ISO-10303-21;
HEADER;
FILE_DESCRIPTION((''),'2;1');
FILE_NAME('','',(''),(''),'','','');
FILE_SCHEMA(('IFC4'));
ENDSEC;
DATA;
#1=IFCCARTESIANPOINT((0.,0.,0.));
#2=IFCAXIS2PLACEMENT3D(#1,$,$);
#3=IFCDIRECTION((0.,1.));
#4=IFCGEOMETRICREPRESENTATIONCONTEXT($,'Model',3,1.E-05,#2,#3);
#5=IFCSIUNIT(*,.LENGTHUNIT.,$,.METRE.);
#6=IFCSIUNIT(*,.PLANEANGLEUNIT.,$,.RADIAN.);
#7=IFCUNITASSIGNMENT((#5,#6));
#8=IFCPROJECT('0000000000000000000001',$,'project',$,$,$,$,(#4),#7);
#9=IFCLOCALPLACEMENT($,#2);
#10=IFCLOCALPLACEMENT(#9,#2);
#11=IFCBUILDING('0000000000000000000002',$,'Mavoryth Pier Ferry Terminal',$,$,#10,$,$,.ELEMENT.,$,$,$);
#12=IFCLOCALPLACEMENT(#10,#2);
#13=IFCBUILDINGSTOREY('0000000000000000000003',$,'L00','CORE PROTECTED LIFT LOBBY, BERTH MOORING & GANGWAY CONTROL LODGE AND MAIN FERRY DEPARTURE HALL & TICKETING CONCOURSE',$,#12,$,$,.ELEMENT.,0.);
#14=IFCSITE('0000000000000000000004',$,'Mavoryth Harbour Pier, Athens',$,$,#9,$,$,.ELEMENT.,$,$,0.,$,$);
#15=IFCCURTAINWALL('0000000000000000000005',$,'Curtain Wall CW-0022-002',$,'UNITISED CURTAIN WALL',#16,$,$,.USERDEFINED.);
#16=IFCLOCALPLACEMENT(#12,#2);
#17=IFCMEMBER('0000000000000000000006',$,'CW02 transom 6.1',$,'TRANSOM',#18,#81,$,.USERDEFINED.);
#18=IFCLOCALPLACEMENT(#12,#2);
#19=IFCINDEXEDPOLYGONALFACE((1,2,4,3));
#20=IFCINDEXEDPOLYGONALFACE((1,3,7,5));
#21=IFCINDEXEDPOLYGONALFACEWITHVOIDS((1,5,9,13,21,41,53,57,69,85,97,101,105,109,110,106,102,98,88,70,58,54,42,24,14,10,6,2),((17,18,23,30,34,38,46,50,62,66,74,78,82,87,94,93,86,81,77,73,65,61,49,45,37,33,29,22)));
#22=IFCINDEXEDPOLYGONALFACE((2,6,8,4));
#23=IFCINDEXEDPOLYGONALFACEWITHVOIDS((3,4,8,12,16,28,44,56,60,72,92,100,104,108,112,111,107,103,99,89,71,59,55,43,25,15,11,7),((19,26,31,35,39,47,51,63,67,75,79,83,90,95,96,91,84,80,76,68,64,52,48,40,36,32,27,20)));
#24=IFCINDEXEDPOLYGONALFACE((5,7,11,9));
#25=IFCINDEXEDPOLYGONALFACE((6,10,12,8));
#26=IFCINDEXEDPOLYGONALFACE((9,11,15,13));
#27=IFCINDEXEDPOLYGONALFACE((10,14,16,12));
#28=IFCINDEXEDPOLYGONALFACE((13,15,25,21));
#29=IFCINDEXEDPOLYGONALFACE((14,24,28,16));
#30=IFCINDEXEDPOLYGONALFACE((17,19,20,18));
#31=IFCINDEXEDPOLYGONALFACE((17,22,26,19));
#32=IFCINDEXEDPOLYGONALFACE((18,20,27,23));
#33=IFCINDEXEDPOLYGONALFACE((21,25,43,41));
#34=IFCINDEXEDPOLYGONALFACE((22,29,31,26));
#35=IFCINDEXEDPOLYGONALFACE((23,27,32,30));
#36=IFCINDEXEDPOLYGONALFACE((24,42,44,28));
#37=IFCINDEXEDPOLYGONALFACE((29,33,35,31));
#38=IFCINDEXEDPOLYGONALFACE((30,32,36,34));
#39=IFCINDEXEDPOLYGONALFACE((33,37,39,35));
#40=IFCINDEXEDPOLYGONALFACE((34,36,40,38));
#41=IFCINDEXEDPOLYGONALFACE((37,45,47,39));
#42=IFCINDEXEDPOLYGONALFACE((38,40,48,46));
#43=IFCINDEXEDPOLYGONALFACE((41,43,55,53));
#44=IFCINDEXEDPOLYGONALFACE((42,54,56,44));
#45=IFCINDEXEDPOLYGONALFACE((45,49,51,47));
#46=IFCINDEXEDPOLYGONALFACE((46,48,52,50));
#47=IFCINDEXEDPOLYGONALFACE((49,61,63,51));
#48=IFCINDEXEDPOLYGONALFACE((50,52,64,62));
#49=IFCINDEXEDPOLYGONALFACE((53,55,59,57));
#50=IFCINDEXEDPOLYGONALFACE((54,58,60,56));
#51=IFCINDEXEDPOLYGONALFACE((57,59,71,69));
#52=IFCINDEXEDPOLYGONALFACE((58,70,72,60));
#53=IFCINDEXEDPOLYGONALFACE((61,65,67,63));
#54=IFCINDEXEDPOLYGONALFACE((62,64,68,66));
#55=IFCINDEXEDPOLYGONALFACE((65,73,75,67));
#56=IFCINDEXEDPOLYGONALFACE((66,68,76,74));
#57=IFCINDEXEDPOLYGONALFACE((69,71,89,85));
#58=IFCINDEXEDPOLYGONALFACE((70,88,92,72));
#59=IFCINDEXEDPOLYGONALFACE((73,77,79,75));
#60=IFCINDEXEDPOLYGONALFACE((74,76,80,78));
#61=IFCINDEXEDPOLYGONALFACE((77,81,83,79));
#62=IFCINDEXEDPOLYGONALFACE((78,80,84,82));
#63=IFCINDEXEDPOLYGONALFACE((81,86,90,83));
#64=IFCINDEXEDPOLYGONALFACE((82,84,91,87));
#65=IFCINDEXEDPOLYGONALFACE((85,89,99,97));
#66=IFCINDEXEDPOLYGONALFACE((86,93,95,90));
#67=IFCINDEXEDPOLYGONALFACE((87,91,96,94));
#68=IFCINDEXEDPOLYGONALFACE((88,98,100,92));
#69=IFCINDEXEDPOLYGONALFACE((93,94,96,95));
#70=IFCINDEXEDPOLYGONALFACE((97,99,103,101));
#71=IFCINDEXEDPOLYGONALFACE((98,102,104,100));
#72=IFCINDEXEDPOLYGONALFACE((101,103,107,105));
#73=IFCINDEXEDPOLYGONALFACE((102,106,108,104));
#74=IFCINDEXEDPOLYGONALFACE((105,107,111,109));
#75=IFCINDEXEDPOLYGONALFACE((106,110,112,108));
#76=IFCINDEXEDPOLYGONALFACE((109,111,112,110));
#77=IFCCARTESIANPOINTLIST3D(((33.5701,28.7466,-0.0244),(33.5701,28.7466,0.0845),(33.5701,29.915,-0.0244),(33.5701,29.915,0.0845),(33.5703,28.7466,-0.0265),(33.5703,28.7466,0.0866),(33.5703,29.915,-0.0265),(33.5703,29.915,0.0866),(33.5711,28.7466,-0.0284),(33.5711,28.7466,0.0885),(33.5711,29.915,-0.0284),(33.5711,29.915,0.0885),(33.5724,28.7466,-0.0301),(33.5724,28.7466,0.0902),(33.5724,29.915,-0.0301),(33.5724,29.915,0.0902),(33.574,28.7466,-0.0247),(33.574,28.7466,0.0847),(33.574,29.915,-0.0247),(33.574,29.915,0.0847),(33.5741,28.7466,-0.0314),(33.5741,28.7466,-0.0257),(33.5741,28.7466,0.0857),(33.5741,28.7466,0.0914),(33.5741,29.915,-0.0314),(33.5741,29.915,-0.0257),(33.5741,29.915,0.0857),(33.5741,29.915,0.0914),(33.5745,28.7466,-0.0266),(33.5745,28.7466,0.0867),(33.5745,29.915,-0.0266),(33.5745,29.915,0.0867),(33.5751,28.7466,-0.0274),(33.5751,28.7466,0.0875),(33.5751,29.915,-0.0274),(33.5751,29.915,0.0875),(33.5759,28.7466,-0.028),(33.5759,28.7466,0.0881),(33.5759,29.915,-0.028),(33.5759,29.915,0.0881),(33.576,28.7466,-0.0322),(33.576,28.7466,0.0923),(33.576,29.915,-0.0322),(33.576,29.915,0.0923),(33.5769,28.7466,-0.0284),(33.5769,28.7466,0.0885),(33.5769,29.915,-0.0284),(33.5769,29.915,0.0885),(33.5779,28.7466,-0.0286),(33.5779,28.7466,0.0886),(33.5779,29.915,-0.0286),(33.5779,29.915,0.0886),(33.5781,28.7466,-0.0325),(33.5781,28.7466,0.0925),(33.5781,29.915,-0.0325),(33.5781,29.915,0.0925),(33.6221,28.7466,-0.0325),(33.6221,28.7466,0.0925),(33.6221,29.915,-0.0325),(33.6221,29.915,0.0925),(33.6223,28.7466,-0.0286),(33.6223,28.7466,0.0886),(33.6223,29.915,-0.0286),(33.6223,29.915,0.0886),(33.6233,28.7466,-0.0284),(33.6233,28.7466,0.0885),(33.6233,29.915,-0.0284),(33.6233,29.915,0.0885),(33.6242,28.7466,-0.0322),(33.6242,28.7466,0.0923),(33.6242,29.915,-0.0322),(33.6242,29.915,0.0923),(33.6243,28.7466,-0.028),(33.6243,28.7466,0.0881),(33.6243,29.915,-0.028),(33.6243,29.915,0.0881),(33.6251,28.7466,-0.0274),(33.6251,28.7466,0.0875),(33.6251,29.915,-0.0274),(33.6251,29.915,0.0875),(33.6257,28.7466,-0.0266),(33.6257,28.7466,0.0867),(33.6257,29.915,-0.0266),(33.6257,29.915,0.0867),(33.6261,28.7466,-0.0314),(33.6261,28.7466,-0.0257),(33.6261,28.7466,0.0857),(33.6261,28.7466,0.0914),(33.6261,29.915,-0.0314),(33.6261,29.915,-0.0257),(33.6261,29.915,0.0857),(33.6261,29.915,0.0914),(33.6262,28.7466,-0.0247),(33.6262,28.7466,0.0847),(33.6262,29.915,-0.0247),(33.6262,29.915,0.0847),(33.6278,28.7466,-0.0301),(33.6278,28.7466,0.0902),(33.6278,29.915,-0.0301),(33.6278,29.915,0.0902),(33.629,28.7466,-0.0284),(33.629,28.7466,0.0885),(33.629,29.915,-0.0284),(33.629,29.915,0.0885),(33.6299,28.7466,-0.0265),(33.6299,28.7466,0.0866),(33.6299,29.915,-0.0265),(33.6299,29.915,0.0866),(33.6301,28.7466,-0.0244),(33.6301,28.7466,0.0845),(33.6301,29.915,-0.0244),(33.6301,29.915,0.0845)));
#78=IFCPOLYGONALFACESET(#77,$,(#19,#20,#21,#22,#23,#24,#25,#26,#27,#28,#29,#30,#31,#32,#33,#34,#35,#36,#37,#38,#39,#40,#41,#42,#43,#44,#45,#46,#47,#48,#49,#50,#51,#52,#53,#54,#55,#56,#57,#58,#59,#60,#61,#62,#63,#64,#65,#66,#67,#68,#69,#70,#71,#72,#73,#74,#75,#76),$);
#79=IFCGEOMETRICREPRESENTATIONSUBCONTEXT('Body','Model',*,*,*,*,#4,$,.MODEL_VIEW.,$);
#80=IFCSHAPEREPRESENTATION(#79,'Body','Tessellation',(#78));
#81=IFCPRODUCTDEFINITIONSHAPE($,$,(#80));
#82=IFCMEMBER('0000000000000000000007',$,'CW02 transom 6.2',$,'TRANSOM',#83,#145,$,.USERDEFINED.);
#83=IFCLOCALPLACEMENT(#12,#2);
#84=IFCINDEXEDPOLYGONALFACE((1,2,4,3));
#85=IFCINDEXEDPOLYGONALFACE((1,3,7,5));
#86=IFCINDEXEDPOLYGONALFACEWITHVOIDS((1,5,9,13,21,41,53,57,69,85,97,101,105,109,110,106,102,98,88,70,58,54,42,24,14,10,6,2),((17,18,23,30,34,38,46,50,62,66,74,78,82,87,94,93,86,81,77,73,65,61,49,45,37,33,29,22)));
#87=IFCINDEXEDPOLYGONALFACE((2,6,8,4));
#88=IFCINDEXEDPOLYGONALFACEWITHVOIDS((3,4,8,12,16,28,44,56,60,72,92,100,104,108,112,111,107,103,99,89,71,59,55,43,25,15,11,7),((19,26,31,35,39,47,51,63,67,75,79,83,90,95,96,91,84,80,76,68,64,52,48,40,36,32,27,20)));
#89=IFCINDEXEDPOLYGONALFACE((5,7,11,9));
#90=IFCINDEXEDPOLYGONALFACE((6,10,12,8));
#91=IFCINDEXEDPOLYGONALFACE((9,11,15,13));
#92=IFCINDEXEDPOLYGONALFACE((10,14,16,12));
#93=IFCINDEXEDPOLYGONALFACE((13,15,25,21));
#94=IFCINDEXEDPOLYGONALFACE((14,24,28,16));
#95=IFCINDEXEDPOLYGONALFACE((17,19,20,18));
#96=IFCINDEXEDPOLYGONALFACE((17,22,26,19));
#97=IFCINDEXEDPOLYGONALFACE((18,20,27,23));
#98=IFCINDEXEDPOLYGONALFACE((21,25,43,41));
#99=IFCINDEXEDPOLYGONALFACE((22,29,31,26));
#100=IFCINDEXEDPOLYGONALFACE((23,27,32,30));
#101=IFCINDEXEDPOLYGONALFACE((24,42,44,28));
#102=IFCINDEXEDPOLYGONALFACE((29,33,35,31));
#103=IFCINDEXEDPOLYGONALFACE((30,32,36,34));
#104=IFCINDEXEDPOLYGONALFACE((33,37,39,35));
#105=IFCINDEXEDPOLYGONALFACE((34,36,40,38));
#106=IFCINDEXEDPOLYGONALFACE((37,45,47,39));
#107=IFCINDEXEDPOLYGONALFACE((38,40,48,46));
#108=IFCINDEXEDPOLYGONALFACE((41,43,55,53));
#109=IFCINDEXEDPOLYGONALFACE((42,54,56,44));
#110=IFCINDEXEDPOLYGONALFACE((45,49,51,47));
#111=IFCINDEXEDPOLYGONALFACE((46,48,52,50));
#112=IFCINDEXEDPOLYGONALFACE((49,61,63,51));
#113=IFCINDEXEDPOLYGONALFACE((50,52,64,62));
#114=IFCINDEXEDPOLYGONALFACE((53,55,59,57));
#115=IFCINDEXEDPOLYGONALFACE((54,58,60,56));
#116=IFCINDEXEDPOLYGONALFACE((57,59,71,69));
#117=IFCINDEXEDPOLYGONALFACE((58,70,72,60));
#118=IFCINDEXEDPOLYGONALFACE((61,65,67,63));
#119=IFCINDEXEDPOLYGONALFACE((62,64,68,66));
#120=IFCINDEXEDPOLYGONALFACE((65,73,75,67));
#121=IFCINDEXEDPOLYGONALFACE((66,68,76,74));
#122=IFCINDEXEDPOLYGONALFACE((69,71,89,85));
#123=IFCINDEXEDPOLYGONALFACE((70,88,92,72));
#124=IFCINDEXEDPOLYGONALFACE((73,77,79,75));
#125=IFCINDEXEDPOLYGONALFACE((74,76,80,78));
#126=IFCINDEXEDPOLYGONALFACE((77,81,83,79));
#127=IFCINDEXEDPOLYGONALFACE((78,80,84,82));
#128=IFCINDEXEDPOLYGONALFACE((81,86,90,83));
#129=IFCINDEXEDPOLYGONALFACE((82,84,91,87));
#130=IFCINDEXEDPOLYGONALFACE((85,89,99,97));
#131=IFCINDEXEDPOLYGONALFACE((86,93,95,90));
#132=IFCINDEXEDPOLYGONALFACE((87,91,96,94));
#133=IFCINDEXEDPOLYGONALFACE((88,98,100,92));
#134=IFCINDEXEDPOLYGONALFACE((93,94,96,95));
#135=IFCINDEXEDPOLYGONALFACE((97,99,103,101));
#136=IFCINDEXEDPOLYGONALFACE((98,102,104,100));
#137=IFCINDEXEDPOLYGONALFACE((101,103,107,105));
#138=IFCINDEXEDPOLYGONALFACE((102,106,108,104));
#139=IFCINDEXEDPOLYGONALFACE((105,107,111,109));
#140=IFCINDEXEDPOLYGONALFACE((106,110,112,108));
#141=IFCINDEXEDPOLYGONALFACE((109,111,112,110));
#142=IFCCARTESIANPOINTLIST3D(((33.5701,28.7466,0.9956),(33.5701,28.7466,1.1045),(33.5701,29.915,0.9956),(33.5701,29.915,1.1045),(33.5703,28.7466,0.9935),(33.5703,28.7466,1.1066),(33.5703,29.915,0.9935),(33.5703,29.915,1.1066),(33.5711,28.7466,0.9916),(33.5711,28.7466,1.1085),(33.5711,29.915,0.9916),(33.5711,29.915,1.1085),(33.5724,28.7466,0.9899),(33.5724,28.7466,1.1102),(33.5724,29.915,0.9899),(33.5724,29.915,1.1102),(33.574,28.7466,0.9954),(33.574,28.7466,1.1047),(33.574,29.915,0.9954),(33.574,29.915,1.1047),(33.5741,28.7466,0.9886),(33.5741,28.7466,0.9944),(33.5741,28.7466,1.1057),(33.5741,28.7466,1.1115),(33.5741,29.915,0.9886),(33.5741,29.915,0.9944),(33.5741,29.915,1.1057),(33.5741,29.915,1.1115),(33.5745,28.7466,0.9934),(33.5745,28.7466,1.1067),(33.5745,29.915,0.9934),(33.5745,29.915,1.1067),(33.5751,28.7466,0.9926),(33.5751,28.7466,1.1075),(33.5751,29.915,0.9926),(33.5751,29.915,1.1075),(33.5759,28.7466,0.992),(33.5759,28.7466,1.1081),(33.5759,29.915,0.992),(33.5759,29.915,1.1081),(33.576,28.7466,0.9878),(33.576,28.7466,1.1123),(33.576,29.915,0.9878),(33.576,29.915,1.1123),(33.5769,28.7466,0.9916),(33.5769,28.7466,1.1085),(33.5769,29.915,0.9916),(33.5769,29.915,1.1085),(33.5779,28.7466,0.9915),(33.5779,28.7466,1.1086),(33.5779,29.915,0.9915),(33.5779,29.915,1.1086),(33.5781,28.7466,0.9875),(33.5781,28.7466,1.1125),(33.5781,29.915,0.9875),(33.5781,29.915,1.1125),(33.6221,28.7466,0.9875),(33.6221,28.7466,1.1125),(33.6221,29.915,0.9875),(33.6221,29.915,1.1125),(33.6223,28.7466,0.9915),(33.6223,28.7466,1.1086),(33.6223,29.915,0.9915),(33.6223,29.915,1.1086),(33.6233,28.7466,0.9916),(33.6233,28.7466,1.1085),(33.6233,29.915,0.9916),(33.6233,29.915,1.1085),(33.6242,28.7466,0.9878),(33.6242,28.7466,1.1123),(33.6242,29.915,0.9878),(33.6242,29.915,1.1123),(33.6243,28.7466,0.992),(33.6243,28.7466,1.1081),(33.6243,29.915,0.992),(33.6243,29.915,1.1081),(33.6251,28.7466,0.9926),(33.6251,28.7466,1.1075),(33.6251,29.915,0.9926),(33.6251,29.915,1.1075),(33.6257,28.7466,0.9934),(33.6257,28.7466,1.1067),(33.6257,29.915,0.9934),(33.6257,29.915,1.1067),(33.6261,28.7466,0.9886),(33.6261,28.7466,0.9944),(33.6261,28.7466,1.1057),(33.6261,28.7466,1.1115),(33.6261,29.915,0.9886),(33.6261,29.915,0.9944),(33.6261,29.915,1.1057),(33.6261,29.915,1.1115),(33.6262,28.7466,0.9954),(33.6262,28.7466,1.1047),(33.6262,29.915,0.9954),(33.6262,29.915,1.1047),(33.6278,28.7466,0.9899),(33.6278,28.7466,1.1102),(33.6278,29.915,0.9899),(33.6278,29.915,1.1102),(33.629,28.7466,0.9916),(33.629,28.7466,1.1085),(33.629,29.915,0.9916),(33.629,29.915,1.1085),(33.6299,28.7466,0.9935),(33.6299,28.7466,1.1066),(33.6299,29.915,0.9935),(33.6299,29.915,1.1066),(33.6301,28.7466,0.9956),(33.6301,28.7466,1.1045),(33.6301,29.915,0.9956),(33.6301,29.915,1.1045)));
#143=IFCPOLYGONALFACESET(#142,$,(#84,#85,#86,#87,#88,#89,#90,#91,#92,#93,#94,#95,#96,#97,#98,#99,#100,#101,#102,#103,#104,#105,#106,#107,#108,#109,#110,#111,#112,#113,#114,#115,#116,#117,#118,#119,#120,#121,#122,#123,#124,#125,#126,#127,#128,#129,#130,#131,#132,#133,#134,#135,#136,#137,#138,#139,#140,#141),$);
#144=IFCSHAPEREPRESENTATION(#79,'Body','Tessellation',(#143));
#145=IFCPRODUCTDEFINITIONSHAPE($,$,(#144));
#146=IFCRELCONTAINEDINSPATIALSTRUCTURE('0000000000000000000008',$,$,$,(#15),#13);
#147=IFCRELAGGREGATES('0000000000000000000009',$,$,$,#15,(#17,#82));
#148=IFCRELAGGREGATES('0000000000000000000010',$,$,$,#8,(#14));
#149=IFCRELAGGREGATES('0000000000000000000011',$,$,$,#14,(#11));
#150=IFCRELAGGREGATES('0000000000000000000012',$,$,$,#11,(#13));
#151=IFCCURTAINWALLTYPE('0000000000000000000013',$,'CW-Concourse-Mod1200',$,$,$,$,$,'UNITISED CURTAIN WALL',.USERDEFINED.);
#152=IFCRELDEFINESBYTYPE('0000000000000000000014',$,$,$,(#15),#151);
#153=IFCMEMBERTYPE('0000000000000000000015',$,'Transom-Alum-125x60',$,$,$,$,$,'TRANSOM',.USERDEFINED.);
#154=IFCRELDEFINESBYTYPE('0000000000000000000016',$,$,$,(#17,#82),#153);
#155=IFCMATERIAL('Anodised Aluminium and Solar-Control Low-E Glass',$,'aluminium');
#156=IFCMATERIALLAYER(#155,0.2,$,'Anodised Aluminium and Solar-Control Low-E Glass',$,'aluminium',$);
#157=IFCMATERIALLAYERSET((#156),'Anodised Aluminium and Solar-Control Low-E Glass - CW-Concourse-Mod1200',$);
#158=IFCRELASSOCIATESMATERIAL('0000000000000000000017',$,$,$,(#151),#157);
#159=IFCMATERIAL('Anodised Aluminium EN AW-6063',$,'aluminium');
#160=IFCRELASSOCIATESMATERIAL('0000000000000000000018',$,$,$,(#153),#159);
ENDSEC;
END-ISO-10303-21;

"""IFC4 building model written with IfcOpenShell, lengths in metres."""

from ifc_helpers import new_model, si_unit, direction, frame, origin, origin_2d, place, context, subcontext, project, spatial, hollow_rectangle, extrude, material, layer, layer_set, material_profile, profile_set, type_object, element, aggregate, save


model = new_model("IFC4")

# Units and contexts
model_context = context("Model", 3, precision=1e-05, world=origin(), true_north=direction((0.0, 1.0)))
body_context = subcontext(model_context, "Body", "Model", "MODEL_VIEW")
ifc_project = project(units=[si_unit("LENGTHUNIT", "METRE"), si_unit("PLANEANGLEUNIT", "RADIAN")], contexts=[model_context])

# Site, building, storey
site_placement = place(None, origin())
site = spatial("IfcSite", under=ifc_project, at=site_placement, Name="Mavoryth Harbour Pier, Athens", CompositionType="ELEMENT", RefElevation=0.0)
building_placement = place(site_placement, origin())
building = spatial("IfcBuilding", under=site, at=building_placement, Name="Mavoryth Pier Ferry Terminal", CompositionType="ELEMENT")
storey_placement = place(building_placement, origin())
storey = spatial("IfcBuildingStorey", under=building, at=storey_placement, Name="L00", Description="CORE PROTECTED LIFT LOBBY, BERTH MOORING & GANGWAY CONTROL LODGE AND MAIN FERRY DEPARTURE HALL & TICKETING CONCOURSE", CompositionType="ELEMENT", Elevation=0.0)

# Curtain wall, members
ifc_material_1 = material(Name="Anodised Aluminium and Solar-Control Low-E Glass", Category="aluminium")
ifc_layer_1 = layer(ifc_material_1, 0.2, Name="Anodised Aluminium and Solar-Control Low-E Glass", Category="aluminium")
ifc_layer_set_1 = layer_set([ifc_layer_1], Name="Anodised Aluminium and Solar-Control Low-E Glass - CW-Concourse-Mod1200")
curtain_wall_type = type_object("IfcCurtainWallType", Name="CW-Concourse-Mod1200", ElementType="UNITISED CURTAIN WALL", PredefinedType="USERDEFINED", material=ifc_layer_set_1)
curtain_wall_placement = place(storey_placement, origin())
curtain_wall = element("IfcCurtainWall", 1, at=curtain_wall_placement, inside=storey, type_object=curtain_wall_type, Name="Curtain Wall CW-0022-002", ObjectType="UNITISED CURTAIN WALL", PredefinedType="USERDEFINED")
ifc_material_2 = material(Name="Anodised Aluminium EN AW-6063", Category="aluminium")
ifc_material_profile_1 = material_profile(ifc_material_2, hollow_rectangle(XDim=0.0601, YDim=0.125, WallThickness=0.0039, InnerFilletRadius=0.0039, OuterFilletRadius=0.0081, at=origin_2d()), Name="AL-TRAN 125x60x4", Category="aluminium")
ifc_profile_set_1 = profile_set([ifc_material_profile_1], Name="Anodised Aluminium EN AW-6063 - AL-TRAN 125x60x4")
member_type_1 = type_object("IfcMemberType", Name="Transom-Alum-125x60", ElementType="TRANSOM", PredefinedType="USERDEFINED", material=ifc_profile_set_1)
member_1_placement = place(storey_placement, frame((33.6001, 28.7466, 0.03), z_axis=(0.0, 1.0, 0.0), x_axis=(-1.0, 0.0, 0.0)))
member_1 = element("IfcMember", 2, at=member_1_placement, type_object=member_type_1, Name="CW02 transom 6.1", ObjectType="TRANSOM", PredefinedType="USERDEFINED", context=body_context, shape_type="SweptSolid", body=[
    extrude(hollow_rectangle(XDim=0.0601, YDim=0.125, WallThickness=0.0039, InnerFilletRadius=0.0039, OuterFilletRadius=0.0081, at=origin_2d()), origin(), (0.0, 0.0, 1.0), 1.1685),
])
member_2_placement = place(storey_placement, frame((33.6001, 28.7466, 1.05), z_axis=(0.0, 1.0, 0.0), x_axis=(-1.0, 0.0, 0.0)))
member_2 = element("IfcMember", 3, at=member_2_placement, type_object=member_type_1, Name="CW02 transom 6.2", ObjectType="TRANSOM", PredefinedType="USERDEFINED", context=body_context, shape_type="SweptSolid", body=[
    extrude(hollow_rectangle(XDim=0.0601, YDim=0.125, WallThickness=0.0039, InnerFilletRadius=0.0039, OuterFilletRadius=0.0081, at=origin_2d()), origin(), (0.0, 0.0, 1.0), 1.1685),
])
aggregate(curtain_wall, [member_1, member_2])

save(model, "model.ifc")
